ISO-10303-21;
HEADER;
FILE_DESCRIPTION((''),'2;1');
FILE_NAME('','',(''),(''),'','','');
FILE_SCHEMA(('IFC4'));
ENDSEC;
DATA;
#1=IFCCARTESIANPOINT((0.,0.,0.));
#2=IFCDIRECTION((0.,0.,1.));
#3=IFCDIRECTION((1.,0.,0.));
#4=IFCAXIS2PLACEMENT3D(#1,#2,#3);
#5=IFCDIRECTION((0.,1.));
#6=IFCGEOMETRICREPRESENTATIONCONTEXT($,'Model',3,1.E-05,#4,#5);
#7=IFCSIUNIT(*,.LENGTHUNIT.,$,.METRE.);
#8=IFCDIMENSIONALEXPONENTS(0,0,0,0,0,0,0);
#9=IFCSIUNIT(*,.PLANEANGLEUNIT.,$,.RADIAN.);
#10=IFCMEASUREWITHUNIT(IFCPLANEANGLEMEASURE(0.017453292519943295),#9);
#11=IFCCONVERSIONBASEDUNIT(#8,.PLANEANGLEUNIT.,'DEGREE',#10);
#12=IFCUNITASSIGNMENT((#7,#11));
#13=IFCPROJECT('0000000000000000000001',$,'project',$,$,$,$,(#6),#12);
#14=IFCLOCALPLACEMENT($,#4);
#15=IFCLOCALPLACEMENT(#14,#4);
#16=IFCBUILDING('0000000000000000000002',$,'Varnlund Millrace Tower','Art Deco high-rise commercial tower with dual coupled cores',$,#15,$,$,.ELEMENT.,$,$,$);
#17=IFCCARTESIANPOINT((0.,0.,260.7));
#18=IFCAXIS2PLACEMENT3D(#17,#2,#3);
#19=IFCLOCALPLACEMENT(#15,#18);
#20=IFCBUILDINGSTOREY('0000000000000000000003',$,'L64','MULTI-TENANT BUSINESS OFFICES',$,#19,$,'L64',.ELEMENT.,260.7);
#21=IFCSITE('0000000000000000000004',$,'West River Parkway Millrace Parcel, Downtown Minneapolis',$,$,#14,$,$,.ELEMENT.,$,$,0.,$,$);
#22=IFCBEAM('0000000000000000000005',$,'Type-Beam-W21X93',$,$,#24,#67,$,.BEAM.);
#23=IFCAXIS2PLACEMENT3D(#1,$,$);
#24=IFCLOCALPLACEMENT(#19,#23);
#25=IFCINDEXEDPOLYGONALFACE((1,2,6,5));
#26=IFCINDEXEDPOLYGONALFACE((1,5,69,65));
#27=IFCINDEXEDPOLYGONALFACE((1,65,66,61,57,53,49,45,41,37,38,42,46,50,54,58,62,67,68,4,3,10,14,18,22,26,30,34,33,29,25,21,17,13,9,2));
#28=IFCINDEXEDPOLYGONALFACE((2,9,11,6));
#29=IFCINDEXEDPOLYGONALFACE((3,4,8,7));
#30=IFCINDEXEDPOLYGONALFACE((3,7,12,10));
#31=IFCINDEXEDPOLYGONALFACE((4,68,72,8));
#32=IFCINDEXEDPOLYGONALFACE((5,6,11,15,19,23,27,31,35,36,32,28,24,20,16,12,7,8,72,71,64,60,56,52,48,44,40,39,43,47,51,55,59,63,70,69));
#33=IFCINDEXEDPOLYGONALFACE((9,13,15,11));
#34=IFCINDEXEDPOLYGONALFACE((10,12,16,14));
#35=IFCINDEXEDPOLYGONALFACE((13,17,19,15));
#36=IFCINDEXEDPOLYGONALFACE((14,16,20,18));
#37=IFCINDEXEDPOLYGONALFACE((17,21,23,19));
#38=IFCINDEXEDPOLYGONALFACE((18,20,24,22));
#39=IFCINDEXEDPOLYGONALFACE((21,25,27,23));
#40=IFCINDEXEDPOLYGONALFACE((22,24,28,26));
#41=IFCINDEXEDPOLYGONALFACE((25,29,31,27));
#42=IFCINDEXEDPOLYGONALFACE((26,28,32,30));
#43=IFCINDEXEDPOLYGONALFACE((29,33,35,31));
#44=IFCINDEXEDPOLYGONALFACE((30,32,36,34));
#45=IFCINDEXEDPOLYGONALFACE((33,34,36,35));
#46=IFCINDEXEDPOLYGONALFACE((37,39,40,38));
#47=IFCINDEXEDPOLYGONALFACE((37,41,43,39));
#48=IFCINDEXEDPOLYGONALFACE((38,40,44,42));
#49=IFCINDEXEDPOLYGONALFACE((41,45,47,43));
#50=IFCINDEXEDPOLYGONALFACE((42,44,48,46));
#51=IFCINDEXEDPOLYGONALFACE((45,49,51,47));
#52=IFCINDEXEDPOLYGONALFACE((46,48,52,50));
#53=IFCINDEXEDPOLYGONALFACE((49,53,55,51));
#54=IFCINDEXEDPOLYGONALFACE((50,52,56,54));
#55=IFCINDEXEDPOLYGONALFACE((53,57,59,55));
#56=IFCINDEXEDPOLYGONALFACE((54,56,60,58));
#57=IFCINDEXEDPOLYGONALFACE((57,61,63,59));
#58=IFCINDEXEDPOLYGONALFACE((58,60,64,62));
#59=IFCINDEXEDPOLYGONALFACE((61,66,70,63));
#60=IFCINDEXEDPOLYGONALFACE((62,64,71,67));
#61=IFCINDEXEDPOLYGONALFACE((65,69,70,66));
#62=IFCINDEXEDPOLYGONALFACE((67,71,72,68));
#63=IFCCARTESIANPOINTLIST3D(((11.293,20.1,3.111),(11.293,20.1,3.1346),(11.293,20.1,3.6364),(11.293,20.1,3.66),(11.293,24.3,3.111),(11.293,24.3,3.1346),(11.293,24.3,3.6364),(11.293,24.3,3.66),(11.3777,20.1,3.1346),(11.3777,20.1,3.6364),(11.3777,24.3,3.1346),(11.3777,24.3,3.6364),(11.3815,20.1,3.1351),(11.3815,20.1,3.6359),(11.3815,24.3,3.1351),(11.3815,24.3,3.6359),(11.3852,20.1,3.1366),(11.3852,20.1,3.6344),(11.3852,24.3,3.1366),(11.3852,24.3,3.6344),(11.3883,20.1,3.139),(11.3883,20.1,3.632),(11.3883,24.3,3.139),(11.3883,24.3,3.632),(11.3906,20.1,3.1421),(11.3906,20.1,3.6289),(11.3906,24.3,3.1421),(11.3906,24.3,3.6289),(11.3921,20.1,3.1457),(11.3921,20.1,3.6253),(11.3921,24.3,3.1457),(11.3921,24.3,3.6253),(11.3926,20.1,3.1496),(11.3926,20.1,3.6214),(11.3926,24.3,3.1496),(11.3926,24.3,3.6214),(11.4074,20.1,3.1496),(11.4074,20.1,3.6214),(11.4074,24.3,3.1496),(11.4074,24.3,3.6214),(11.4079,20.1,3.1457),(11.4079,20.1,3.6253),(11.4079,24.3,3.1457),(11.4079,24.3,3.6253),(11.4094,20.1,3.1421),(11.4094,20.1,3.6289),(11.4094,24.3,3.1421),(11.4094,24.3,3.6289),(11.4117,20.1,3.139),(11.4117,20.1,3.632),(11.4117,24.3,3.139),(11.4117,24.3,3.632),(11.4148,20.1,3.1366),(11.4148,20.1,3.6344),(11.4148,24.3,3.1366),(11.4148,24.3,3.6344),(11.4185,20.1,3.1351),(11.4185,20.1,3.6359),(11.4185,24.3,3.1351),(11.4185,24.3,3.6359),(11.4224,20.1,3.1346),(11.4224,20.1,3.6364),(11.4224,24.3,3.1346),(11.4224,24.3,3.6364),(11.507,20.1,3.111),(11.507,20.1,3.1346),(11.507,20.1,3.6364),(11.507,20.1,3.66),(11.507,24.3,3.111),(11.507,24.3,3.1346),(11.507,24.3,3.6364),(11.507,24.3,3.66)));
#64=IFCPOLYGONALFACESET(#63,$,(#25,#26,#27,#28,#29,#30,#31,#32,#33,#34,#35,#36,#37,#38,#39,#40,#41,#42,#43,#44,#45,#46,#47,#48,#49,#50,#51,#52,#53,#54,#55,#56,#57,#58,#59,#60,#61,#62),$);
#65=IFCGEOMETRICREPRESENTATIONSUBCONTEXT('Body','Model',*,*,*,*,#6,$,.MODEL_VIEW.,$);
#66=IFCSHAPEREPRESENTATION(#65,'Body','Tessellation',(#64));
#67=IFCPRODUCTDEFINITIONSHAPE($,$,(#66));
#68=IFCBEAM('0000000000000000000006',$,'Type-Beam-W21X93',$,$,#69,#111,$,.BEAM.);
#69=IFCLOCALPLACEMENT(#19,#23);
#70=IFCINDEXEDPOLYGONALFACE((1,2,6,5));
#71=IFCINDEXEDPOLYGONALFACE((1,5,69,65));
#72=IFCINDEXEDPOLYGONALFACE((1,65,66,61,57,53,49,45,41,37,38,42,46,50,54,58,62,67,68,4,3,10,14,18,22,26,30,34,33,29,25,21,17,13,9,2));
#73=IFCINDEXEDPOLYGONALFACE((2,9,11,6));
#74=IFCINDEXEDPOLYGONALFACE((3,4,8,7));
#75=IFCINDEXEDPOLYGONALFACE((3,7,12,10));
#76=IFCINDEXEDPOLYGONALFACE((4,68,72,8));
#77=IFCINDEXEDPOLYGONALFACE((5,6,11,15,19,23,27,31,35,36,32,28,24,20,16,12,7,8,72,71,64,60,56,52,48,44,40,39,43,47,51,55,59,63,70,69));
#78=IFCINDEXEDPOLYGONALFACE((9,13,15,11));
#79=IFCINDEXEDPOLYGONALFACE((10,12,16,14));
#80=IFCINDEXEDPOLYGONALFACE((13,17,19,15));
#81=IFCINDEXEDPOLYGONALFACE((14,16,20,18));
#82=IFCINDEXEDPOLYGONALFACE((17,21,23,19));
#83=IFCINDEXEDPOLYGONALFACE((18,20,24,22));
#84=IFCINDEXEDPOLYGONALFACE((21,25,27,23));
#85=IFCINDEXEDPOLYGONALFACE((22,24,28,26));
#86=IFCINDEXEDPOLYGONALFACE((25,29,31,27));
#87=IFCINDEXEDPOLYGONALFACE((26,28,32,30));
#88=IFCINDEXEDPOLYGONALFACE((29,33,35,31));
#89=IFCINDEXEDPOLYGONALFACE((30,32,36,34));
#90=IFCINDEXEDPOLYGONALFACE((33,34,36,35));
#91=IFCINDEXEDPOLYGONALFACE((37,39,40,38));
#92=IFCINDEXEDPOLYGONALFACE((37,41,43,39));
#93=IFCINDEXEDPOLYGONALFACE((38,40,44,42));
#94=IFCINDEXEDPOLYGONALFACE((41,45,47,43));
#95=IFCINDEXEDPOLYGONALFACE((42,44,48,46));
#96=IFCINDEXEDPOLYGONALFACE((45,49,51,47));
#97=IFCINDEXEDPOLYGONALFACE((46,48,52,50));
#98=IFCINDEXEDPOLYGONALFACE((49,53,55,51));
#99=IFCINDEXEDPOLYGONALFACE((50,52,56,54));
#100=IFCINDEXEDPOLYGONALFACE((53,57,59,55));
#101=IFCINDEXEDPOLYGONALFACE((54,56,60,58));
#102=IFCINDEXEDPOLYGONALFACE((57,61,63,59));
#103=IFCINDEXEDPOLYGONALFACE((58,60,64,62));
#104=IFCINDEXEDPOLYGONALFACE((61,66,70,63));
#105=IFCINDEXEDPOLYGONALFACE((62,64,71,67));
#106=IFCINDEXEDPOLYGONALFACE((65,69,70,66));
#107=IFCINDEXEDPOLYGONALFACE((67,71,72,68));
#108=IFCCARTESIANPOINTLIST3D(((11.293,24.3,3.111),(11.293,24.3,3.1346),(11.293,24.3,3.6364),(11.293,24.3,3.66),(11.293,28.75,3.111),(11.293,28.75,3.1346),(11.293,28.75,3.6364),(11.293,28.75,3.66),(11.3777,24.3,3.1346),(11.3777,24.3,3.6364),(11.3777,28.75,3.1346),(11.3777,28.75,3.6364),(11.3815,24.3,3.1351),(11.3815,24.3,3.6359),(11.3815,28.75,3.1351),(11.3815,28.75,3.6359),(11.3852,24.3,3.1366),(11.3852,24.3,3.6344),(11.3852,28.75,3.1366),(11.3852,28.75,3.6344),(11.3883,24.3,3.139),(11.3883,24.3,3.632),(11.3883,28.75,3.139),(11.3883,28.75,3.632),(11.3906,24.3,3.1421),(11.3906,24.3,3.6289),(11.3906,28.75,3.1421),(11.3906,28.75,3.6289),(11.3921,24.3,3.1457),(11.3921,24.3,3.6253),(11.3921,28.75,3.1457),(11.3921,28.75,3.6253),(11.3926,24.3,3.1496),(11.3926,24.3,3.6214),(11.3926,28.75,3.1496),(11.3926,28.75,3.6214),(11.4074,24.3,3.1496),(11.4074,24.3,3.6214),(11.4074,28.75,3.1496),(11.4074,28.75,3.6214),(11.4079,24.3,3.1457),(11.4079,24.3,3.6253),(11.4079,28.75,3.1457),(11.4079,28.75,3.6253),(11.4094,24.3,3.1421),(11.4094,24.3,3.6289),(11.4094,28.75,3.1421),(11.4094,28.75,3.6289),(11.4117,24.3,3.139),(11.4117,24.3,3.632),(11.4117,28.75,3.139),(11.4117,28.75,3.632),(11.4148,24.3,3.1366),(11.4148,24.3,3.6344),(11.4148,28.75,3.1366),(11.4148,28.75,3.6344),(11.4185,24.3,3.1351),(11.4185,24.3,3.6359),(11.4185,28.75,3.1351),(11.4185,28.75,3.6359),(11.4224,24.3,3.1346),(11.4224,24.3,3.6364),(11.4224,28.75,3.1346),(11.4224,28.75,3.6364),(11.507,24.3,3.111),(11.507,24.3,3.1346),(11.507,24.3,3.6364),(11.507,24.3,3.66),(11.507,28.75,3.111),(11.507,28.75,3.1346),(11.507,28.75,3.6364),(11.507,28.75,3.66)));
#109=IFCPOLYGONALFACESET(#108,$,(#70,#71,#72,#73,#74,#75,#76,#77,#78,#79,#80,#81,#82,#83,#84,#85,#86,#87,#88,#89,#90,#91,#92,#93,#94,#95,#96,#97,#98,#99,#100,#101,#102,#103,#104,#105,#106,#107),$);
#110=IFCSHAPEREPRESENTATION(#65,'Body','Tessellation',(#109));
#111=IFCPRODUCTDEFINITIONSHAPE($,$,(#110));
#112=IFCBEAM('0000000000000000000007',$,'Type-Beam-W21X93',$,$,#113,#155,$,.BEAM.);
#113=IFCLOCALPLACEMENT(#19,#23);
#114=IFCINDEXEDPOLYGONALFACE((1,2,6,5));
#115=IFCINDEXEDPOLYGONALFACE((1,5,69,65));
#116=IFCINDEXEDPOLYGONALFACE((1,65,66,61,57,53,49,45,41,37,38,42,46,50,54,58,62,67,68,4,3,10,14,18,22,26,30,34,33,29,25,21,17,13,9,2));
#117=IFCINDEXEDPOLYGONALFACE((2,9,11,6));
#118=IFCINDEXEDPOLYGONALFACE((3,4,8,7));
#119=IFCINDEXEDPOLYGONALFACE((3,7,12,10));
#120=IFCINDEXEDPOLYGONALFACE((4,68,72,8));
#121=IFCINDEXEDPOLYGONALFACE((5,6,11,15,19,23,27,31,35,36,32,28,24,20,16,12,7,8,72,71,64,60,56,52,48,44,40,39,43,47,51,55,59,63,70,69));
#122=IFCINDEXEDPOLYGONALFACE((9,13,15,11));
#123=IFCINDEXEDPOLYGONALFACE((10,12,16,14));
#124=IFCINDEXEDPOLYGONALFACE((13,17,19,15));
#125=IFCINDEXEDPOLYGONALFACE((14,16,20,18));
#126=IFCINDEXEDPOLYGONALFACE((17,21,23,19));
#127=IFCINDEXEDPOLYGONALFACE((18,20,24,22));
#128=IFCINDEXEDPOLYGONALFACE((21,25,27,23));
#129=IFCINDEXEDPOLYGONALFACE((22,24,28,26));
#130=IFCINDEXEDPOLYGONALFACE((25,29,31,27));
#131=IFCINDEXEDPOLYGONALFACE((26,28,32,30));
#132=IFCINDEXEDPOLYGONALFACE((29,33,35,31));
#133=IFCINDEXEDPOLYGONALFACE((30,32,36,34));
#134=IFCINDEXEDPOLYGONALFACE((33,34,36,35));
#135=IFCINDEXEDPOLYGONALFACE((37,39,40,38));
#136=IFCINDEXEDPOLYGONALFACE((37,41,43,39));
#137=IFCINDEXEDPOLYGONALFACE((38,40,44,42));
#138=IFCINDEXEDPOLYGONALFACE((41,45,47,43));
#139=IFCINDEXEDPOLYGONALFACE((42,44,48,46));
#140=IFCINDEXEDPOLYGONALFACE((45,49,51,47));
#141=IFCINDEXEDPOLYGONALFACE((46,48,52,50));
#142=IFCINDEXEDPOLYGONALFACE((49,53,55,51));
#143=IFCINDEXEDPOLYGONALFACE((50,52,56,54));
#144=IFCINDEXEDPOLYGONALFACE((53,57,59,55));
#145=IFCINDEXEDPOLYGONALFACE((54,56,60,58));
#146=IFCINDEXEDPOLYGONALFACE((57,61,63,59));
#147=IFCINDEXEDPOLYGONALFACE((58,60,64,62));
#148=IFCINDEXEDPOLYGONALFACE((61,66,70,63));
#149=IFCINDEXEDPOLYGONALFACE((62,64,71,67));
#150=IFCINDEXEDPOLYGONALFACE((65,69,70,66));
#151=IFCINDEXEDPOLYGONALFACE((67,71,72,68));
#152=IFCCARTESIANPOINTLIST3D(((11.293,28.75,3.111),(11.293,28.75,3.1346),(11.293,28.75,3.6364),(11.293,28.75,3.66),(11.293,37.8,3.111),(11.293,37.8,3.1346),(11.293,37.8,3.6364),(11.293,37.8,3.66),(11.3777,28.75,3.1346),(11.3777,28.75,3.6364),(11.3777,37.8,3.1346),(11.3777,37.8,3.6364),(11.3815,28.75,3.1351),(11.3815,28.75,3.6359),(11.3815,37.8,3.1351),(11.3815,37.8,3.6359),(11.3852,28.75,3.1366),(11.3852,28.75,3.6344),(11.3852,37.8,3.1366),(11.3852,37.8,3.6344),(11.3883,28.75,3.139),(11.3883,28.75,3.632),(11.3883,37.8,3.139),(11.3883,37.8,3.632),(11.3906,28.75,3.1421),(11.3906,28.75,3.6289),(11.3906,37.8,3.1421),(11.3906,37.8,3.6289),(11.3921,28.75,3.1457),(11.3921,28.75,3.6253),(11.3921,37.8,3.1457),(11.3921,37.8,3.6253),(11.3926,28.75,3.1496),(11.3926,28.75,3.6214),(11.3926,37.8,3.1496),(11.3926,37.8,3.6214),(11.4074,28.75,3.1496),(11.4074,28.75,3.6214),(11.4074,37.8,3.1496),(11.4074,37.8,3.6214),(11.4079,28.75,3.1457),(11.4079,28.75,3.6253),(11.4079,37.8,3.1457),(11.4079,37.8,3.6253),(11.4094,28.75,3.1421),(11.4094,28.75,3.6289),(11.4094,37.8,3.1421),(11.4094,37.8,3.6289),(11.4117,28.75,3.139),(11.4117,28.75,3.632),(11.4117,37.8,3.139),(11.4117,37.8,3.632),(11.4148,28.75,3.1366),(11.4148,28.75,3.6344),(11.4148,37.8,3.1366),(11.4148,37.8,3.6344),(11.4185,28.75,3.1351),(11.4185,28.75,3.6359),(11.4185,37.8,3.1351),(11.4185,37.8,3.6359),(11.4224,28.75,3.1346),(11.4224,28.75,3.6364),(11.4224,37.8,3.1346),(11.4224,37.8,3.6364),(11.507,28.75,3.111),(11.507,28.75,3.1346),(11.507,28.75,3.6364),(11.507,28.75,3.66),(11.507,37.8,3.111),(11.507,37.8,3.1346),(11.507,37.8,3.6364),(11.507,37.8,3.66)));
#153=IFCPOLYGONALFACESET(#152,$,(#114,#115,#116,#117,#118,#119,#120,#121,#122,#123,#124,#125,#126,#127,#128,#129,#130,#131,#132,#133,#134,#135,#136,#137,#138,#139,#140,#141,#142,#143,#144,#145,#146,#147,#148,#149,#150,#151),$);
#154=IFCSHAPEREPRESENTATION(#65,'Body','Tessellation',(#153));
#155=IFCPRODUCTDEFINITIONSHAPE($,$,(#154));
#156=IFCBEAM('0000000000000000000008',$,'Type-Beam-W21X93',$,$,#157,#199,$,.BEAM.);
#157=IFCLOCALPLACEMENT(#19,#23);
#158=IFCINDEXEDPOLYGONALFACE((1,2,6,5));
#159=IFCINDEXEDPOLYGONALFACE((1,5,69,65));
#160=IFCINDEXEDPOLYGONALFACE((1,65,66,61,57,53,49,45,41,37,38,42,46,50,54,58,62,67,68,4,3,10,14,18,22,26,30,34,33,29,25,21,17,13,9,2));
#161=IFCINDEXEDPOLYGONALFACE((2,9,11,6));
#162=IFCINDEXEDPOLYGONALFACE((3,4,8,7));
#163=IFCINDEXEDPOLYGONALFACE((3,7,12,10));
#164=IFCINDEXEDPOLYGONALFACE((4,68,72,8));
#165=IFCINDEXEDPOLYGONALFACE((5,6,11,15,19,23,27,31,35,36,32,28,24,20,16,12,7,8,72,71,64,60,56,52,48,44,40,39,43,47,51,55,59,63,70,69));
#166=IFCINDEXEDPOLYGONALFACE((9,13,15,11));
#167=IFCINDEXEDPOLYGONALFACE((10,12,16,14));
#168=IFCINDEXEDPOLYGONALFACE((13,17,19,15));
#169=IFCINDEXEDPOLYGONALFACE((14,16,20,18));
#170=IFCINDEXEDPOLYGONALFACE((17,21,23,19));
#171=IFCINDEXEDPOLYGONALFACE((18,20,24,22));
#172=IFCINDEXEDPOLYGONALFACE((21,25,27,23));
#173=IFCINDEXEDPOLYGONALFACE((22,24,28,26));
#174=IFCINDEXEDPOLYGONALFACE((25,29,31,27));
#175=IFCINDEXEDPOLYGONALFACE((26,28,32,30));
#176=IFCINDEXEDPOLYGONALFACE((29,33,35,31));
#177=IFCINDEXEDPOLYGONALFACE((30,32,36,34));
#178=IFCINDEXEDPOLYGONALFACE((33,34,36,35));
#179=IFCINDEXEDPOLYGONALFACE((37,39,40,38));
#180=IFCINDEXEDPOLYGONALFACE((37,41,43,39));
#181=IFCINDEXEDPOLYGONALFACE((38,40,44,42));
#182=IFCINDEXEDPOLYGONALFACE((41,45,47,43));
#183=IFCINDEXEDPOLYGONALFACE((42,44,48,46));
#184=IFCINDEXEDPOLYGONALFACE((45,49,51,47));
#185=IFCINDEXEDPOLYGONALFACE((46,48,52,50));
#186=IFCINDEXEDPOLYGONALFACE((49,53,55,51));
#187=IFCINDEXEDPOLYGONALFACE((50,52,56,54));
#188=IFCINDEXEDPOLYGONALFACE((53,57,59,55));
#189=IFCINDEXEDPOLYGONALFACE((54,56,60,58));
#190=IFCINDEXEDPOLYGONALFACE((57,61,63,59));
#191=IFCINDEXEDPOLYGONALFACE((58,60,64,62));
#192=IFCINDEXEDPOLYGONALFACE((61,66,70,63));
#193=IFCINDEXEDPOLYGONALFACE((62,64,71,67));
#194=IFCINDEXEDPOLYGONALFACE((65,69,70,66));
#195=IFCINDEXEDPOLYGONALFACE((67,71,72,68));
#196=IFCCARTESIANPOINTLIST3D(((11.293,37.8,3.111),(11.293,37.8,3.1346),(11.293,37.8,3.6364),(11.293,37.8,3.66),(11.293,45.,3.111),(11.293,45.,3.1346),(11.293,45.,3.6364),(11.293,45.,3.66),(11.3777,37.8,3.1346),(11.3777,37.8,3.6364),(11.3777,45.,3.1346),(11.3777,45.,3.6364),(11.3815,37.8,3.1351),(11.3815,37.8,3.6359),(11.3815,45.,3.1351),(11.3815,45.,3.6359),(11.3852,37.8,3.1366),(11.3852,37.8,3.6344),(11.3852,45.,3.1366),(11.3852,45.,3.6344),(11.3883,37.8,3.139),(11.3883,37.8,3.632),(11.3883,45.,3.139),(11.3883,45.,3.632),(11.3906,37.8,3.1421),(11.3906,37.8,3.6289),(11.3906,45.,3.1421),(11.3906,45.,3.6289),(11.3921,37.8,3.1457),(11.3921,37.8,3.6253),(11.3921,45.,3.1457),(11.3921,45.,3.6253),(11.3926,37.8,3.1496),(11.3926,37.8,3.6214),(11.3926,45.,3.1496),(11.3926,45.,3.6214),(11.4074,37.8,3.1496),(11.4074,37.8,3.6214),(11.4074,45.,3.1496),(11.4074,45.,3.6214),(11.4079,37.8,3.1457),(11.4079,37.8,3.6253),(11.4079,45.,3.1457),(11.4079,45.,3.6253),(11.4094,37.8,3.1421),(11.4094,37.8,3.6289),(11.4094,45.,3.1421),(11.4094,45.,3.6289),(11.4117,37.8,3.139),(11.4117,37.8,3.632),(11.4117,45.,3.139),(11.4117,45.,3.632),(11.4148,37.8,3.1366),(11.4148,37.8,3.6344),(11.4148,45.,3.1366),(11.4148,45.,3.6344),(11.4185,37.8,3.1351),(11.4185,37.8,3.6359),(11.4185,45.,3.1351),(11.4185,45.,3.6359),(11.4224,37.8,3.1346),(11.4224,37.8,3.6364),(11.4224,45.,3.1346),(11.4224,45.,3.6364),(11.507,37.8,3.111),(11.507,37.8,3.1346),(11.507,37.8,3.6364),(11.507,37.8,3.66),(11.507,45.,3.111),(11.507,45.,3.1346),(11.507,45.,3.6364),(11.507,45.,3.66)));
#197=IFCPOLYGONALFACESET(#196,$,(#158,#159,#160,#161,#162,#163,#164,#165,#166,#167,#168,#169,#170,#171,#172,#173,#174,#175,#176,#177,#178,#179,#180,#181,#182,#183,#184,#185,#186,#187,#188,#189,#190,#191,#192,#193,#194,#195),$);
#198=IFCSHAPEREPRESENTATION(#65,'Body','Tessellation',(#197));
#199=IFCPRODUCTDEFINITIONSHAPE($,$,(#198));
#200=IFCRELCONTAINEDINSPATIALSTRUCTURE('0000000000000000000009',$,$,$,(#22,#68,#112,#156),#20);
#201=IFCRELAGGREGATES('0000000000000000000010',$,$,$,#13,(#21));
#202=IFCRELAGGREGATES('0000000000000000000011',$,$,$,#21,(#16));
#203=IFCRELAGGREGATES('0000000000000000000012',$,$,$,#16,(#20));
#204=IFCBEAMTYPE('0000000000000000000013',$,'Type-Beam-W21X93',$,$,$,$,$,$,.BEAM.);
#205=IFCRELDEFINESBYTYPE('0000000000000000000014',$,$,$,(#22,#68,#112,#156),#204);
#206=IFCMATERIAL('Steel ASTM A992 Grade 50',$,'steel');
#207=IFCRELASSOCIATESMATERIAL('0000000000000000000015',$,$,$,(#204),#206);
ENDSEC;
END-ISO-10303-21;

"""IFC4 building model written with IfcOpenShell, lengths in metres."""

from ifc_helpers import new_model, entity, si_unit, converted_unit, direction, frame, origin_with_axes, origin_2d_with_axis, place, context, subcontext, project, spatial, i_section, extrude, material, material_profile, profile_set, type_object, element, save


model = new_model("IFC4")

# Units and contexts
model_context = context("Model", 3, precision=1e-05, world=origin_with_axes(), true_north=direction((0.0, 1.0)))
body_context = subcontext(model_context, "Body", "Model", "MODEL_VIEW")
ifc_project = project(units=[si_unit("LENGTHUNIT", "METRE"), converted_unit("PLANEANGLEUNIT", "DEGREE", entity("IfcPlaneAngleMeasure", 0.017453292519943295), si_unit("PLANEANGLEUNIT", "RADIAN"), dimensions=[0, 0, 0, 0, 0, 0, 0])], contexts=[model_context])

# Site, building, storey
site_placement = place(None, origin_with_axes())
site = spatial("IfcSite", under=ifc_project, at=site_placement, Name="West River Parkway Millrace Parcel, Downtown Minneapolis", CompositionType="ELEMENT", RefElevation=0.0)
building_placement = place(site_placement, origin_with_axes())
building = spatial("IfcBuilding", under=site, at=building_placement, Name="Varnlund Millrace Tower", Description="Art Deco high-rise commercial tower with dual coupled cores", CompositionType="ELEMENT")
storey_placement = place(building_placement, frame((0.0, 0.0, 260.7), z_axis=(0.0, 0.0, 1.0), x_axis=(1.0, 0.0, 0.0)))
storey = spatial("IfcBuildingStorey", under=building, at=storey_placement, Name="L64", Description="MULTI-TENANT BUSINESS OFFICES", LongName="L64", CompositionType="ELEMENT", Elevation=260.7)

# Beams
ifc_material_1 = material(Name="Steel ASTM A992 Grade 50", Category="steel")
ifc_material_profile_1 = material_profile(ifc_material_1, i_section(OverallWidth=0.214, OverallDepth=0.549, WebThickness=0.0147, FlangeThickness=0.0236, FilletRadius=0.015, at=origin_2d_with_axis()), Name="Steel ASTM A992 Grade 50")
ifc_profile_set_1 = profile_set([ifc_material_profile_1], Name="Steel ASTM A992 Grade 50")
beam_type_1 = type_object("IfcBeamType", Name="Type-Beam-W21X93", PredefinedType="BEAM", material=ifc_profile_set_1)
beam_1_placement = place(storey_placement, frame((11.4, 20.1, 3.3855), z_axis=(0.0, 1.0, 0.0), x_axis=(-1.0, 0.0, 0.0)))
element("IfcBeam", 1, at=beam_1_placement, inside=storey, type_object=beam_type_1, Name="Type-Beam-W21X93", PredefinedType="BEAM", context=body_context, shape_type="SweptSolid", body=[
    extrude(i_section(OverallWidth=0.214, OverallDepth=0.549, WebThickness=0.0147, FlangeThickness=0.0236, FilletRadius=0.015, at=origin_2d_with_axis()), origin_with_axes(), (0.0, 0.0, 1.0), 4.2),
])
beam_2_placement = place(storey_placement, frame((11.4, 24.3, 3.3855), z_axis=(0.0, 1.0, 0.0), x_axis=(-1.0, 0.0, 0.0)))
element("IfcBeam", 2, at=beam_2_placement, inside=storey, type_object=beam_type_1, Name="Type-Beam-W21X93", PredefinedType="BEAM", context=body_context, shape_type="SweptSolid", body=[
    extrude(i_section(OverallWidth=0.214, OverallDepth=0.549, WebThickness=0.0147, FlangeThickness=0.0236, FilletRadius=0.015, at=origin_2d_with_axis()), origin_with_axes(), (0.0, 0.0, 1.0), 4.45),
])
beam_3_placement = place(storey_placement, frame((11.4, 28.75, 3.3855), z_axis=(0.0, 1.0, 0.0), x_axis=(-1.0, 0.0, 0.0)))
element("IfcBeam", 3, at=beam_3_placement, inside=storey, type_object=beam_type_1, Name="Type-Beam-W21X93", PredefinedType="BEAM", context=body_context, shape_type="SweptSolid", body=[
    extrude(i_section(OverallWidth=0.214, OverallDepth=0.549, WebThickness=0.0147, FlangeThickness=0.0236, FilletRadius=0.015, at=origin_2d_with_axis()), origin_with_axes(), (0.0, 0.0, 1.0), 9.05),
])
beam_4_placement = place(storey_placement, frame((11.4, 37.8, 3.3855), z_axis=(0.0, 1.0, 0.0), x_axis=(-1.0, 0.0, 0.0)))
element("IfcBeam", 4, at=beam_4_placement, inside=storey, type_object=beam_type_1, Name="Type-Beam-W21X93", PredefinedType="BEAM", context=body_context, shape_type="SweptSolid", body=[
    extrude(i_section(OverallWidth=0.214, OverallDepth=0.549, WebThickness=0.0147, FlangeThickness=0.0236, FilletRadius=0.015, at=origin_2d_with_axis()), origin_with_axes(), (0.0, 0.0, 1.0), 7.2),
])

save(model, "model.ifc")
